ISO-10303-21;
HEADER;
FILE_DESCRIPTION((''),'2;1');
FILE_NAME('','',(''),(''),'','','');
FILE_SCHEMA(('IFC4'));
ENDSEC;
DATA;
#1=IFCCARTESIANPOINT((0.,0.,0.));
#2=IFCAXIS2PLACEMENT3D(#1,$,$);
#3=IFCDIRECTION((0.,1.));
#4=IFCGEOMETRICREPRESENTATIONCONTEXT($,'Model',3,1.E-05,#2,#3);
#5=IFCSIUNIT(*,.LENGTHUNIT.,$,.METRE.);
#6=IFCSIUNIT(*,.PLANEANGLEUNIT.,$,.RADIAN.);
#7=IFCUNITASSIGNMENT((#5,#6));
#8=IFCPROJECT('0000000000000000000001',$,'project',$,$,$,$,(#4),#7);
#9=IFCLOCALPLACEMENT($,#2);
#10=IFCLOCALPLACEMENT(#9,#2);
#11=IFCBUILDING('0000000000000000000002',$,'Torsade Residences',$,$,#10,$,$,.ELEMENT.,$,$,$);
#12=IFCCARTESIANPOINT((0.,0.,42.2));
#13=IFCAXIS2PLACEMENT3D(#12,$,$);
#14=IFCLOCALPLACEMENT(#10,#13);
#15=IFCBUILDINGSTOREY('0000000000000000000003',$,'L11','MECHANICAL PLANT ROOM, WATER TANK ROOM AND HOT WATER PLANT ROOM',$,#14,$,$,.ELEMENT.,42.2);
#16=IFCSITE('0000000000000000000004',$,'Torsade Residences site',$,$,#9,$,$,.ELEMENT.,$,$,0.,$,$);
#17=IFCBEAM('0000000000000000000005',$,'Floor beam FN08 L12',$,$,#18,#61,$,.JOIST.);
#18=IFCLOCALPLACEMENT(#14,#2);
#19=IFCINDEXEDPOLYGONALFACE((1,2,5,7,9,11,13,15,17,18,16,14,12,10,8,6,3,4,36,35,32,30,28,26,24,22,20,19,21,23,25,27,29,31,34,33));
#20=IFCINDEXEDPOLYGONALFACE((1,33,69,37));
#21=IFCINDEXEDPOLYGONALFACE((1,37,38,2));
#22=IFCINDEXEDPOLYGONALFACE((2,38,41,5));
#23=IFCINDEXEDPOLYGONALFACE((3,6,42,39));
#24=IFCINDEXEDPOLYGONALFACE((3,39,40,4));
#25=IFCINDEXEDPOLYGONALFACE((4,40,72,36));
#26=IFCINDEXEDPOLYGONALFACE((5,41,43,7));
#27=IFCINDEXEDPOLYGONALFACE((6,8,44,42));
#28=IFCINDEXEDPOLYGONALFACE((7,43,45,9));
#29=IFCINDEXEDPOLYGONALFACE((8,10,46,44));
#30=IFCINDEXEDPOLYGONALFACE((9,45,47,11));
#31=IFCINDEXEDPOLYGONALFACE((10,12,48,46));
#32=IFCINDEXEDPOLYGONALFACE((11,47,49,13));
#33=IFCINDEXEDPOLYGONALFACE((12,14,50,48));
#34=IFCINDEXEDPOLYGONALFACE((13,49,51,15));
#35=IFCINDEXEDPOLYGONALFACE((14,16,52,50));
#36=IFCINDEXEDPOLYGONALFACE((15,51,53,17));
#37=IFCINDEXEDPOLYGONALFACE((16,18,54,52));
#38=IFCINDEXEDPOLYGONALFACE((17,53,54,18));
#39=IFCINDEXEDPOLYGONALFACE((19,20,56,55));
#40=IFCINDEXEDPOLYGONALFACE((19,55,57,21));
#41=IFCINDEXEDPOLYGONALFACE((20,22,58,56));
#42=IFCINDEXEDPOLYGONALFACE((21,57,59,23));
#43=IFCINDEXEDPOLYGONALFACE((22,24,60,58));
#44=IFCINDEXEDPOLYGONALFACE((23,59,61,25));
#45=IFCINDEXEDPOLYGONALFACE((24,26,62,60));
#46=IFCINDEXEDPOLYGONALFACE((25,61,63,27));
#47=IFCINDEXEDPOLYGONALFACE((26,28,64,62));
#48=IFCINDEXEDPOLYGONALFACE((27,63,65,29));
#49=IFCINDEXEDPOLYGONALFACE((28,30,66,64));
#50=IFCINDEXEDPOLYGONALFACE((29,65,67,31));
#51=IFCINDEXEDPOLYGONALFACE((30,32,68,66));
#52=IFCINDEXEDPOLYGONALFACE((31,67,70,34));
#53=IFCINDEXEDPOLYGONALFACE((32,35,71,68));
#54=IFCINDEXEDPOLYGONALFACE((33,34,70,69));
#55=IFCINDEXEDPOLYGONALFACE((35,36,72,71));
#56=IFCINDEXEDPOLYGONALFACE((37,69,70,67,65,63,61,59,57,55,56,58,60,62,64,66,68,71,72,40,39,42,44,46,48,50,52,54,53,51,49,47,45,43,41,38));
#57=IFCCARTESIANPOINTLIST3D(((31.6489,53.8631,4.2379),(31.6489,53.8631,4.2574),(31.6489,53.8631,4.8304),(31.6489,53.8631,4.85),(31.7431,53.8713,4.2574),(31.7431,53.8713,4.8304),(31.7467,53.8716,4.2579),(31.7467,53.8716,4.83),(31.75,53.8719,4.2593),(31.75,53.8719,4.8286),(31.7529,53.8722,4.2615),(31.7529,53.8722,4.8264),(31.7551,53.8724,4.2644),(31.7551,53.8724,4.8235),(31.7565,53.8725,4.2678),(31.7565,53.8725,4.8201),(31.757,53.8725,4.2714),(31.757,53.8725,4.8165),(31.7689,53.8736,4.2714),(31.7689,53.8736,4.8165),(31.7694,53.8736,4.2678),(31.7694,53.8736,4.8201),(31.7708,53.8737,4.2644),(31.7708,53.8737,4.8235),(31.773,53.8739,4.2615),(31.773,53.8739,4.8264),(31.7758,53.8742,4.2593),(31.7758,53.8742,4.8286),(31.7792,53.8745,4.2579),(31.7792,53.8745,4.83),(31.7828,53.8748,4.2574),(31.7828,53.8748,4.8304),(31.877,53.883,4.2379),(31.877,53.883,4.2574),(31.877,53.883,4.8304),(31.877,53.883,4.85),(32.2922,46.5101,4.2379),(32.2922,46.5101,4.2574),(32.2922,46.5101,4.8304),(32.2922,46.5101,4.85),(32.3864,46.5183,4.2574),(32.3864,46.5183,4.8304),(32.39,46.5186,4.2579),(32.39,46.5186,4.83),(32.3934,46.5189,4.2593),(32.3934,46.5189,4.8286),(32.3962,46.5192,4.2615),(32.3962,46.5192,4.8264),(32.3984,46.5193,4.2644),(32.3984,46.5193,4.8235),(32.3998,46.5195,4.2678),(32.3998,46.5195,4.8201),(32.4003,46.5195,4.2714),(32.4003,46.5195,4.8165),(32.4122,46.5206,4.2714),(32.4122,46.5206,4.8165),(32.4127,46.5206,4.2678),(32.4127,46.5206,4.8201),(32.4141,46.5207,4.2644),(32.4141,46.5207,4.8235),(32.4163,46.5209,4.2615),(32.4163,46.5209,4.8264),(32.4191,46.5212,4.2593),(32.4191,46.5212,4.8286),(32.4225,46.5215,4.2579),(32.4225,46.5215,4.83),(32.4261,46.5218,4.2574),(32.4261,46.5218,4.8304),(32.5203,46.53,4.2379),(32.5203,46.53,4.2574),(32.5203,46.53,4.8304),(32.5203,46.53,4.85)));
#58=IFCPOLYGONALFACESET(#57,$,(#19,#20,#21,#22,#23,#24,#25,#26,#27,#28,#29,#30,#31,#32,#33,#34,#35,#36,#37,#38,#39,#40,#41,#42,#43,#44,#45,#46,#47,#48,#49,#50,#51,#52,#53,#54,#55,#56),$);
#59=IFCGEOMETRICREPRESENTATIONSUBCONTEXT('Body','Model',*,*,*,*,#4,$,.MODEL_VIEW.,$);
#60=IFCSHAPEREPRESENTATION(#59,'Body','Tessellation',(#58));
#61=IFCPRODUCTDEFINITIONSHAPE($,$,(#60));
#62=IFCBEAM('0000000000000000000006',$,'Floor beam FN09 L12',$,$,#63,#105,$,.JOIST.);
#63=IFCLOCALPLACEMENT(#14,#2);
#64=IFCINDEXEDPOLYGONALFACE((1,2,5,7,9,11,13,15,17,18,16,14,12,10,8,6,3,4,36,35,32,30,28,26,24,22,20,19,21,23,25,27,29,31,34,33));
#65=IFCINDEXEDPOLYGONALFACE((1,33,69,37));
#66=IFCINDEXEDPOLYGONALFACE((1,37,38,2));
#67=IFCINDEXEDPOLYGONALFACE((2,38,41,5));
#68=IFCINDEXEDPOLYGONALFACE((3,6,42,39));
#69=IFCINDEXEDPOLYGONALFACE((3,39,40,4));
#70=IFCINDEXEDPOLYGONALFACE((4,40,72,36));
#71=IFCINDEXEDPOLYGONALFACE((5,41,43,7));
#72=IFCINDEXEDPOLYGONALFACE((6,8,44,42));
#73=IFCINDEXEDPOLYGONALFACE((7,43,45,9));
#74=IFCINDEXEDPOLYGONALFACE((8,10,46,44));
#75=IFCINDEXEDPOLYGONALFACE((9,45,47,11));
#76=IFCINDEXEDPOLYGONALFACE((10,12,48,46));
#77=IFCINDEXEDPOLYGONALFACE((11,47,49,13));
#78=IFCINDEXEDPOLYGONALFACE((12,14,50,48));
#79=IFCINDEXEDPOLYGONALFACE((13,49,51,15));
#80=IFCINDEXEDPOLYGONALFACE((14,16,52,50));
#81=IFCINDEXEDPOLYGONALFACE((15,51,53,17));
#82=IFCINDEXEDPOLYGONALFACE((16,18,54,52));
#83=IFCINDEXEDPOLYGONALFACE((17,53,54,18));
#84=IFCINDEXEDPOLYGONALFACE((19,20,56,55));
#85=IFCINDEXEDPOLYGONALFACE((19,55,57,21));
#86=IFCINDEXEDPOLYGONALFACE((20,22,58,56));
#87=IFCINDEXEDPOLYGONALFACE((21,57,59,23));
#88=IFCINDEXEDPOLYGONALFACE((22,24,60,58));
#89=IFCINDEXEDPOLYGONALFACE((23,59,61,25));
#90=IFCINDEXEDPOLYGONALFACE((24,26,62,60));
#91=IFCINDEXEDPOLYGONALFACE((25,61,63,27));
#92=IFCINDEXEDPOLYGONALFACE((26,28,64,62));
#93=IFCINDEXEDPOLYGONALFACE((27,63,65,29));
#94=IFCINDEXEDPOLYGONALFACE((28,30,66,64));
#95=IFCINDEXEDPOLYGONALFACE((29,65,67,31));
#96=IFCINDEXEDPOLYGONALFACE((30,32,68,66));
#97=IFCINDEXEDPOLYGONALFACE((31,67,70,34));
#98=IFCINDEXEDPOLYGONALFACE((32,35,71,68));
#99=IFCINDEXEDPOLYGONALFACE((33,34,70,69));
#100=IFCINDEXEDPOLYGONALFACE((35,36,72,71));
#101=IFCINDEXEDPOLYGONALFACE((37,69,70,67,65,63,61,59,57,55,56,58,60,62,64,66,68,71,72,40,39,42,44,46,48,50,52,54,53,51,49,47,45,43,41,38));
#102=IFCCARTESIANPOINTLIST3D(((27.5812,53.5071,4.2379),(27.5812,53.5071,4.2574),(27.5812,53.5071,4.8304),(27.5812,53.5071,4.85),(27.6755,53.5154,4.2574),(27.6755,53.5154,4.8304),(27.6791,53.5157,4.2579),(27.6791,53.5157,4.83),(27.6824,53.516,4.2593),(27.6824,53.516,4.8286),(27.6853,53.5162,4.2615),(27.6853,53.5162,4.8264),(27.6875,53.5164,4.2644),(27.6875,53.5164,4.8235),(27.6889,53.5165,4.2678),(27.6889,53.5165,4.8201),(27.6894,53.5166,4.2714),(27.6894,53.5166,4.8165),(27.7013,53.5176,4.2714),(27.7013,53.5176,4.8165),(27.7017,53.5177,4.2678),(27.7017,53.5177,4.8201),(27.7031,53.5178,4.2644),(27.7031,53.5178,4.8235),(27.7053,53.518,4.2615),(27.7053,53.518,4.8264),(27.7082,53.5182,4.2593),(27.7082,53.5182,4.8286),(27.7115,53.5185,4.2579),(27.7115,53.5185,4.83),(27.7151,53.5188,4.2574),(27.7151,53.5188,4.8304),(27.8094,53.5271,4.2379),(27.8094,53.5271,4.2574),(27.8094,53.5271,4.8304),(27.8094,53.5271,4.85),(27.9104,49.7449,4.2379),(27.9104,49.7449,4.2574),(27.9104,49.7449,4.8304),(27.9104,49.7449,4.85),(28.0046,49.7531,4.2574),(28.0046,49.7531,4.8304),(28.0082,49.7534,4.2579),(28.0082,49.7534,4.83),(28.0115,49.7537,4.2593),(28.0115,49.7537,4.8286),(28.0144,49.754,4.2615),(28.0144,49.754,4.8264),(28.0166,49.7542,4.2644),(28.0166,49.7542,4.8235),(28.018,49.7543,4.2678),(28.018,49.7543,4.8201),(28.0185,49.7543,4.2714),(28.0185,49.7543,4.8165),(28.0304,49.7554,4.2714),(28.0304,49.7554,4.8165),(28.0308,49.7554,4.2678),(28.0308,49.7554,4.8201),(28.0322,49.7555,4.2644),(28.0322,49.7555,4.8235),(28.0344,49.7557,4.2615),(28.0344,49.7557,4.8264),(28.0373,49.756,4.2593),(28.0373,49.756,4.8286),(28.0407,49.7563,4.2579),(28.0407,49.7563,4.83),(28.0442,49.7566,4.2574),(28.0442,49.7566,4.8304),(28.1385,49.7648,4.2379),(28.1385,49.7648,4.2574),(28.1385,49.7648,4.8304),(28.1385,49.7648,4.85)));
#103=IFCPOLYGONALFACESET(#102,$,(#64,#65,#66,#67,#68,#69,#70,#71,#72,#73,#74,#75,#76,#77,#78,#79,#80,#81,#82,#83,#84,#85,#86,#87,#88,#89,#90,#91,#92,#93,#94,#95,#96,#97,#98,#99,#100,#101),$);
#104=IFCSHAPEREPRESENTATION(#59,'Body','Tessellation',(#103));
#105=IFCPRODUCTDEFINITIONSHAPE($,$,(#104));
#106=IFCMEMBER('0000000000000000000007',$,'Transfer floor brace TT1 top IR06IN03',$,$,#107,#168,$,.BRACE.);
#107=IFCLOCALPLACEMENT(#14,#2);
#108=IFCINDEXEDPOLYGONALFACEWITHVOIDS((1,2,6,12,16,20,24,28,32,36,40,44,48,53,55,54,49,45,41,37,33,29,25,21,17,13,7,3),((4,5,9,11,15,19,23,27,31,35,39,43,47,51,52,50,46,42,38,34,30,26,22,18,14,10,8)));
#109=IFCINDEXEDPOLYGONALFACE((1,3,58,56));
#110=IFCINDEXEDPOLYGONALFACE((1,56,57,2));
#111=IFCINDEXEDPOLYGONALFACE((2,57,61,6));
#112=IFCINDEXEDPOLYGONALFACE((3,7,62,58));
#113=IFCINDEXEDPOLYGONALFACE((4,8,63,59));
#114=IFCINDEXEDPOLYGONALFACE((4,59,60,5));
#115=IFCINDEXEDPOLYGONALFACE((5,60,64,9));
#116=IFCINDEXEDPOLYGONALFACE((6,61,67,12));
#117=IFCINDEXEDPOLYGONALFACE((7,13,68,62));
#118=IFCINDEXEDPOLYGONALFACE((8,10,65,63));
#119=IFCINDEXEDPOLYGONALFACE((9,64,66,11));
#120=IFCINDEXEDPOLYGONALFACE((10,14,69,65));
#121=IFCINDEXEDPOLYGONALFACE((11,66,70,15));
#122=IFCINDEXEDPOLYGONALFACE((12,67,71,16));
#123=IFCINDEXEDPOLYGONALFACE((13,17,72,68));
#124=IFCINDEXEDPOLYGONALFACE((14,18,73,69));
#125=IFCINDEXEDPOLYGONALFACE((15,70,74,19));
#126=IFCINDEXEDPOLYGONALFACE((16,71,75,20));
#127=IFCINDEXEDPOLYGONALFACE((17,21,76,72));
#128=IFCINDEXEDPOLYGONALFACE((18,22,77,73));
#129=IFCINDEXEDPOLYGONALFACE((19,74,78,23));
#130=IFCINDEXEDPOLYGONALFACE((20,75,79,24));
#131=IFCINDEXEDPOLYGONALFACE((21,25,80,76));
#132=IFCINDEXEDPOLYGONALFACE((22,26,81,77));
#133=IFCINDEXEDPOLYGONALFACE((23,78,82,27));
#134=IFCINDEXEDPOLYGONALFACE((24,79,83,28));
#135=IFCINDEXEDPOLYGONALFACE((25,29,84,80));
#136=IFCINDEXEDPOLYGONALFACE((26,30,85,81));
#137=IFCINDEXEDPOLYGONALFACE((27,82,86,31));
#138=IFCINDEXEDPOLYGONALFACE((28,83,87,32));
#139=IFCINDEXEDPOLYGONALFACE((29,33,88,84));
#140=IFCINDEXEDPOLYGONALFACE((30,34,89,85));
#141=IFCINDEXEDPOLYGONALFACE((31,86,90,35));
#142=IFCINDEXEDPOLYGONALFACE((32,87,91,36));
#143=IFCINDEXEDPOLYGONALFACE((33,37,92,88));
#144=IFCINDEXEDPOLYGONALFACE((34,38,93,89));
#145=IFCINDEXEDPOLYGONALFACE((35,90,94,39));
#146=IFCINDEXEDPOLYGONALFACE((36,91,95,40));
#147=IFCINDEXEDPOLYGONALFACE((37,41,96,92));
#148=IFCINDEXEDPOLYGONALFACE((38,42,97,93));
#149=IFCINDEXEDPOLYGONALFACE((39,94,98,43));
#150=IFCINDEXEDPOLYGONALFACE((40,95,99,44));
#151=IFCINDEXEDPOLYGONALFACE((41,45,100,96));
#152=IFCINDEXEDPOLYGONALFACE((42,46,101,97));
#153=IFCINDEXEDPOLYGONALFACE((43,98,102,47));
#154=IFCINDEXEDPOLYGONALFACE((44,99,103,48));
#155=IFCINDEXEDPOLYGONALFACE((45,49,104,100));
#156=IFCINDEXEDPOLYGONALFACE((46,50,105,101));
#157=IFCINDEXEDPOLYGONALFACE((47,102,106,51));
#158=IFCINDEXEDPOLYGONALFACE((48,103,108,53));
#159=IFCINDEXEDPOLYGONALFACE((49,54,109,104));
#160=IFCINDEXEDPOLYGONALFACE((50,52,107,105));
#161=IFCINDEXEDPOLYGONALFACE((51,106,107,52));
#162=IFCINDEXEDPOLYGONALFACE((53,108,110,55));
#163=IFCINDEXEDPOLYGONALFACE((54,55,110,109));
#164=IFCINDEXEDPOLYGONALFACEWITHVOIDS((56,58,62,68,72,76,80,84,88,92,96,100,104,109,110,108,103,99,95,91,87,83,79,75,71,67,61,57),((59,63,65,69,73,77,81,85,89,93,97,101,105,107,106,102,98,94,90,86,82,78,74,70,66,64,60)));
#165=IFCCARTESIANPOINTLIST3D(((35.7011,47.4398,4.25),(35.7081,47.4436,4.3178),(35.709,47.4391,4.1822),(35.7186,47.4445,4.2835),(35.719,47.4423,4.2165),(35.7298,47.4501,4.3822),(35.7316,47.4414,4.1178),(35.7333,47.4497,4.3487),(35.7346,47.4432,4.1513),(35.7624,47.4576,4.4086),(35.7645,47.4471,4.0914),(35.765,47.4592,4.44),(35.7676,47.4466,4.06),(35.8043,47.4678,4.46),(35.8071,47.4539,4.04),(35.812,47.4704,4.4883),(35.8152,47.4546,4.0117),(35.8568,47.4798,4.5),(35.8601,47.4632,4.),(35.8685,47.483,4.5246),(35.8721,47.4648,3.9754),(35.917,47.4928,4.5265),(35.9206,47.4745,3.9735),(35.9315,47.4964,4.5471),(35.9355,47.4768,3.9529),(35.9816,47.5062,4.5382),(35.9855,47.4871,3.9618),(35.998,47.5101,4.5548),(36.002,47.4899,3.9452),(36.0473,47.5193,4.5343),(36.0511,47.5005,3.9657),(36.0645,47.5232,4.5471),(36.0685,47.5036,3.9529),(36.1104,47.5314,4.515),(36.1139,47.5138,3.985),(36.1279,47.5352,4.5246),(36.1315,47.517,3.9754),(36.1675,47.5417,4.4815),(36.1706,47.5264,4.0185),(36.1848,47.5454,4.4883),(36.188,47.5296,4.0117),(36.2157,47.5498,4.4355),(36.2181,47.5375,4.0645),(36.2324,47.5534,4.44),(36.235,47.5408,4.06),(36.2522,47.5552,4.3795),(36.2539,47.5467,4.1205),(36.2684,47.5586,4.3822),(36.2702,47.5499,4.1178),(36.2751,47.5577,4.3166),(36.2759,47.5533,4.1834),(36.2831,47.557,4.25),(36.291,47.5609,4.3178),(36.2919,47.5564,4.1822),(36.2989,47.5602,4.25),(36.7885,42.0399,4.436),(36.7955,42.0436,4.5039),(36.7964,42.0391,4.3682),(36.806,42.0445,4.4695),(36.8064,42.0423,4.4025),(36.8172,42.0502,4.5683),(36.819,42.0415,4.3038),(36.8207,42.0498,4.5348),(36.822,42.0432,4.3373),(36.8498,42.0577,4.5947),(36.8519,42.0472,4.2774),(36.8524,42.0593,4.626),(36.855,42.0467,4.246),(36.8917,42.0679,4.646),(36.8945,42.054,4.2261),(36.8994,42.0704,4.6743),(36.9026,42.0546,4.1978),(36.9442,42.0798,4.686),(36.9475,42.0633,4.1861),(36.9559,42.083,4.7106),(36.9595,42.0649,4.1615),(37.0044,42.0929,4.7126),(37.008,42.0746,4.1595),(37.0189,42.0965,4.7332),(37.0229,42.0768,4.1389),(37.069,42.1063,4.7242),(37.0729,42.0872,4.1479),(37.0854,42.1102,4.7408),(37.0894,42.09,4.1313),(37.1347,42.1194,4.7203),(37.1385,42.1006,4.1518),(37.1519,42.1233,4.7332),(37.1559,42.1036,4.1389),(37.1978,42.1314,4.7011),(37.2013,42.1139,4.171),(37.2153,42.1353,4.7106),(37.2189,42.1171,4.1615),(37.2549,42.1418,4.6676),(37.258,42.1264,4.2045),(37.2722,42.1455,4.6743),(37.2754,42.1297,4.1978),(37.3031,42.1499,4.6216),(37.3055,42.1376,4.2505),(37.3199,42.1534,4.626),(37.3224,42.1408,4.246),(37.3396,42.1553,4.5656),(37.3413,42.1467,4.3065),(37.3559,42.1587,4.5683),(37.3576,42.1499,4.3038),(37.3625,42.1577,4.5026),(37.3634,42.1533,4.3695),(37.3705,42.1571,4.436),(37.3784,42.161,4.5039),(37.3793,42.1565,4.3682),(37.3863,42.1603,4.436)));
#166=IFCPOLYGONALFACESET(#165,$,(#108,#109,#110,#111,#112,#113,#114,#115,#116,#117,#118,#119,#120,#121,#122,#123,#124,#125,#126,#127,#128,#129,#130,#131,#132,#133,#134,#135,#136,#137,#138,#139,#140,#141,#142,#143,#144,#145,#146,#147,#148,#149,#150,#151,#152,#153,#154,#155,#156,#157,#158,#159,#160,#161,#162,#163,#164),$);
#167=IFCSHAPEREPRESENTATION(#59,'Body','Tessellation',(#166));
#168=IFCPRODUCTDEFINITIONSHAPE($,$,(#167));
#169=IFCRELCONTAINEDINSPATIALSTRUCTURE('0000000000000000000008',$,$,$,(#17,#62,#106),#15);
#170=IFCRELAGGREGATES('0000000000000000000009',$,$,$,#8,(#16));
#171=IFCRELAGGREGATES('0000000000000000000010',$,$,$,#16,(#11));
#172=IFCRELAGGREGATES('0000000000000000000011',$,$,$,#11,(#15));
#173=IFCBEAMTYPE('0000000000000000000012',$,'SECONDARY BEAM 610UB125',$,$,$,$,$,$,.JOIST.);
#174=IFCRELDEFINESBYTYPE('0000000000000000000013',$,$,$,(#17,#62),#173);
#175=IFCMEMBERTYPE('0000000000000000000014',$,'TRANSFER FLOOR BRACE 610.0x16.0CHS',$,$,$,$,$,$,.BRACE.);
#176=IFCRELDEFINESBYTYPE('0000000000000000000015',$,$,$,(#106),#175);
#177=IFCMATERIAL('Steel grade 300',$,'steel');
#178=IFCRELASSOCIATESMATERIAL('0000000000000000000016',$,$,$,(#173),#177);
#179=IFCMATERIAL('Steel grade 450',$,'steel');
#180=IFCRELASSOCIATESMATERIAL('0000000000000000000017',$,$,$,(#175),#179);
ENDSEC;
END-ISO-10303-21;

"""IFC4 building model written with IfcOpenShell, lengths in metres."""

from ifc_helpers import new_model, si_unit, direction, frame, origin, origin_2d, place, context, subcontext, project, spatial, hollow_circle, i_section, extrude, material, material_profile, profile_set, type_object, element, save


model = new_model("IFC4")

# Units and contexts
model_context = context("Model", 3, precision=1e-05, world=origin(), true_north=direction((0.0, 1.0)))
body_context = subcontext(model_context, "Body", "Model", "MODEL_VIEW")
ifc_project = project(units=[si_unit("LENGTHUNIT", "METRE"), si_unit("PLANEANGLEUNIT", "RADIAN")], contexts=[model_context])

# Site, building, storey
site_placement = place(None, origin())
site = spatial("IfcSite", under=ifc_project, at=site_placement, Name="Torsade Residences site", CompositionType="ELEMENT", RefElevation=0.0)
building_placement = place(site_placement, origin())
building = spatial("IfcBuilding", under=site, at=building_placement, Name="Torsade Residences", CompositionType="ELEMENT")
storey_placement = place(building_placement, frame((0.0, 0.0, 42.2)))
storey = spatial("IfcBuildingStorey", under=building, at=storey_placement, Name="L11", Description="MECHANICAL PLANT ROOM, WATER TANK ROOM AND HOT WATER PLANT ROOM", CompositionType="ELEMENT", Elevation=42.2)

# Beams
ifc_material_1 = material(Name="Steel grade 300", Category="steel")
ifc_material_profile_1 = material_profile(ifc_material_1, i_section(OverallWidth=0.229, OverallDepth=0.6121, WebThickness=0.012, FlangeThickness=0.0195, FilletRadius=0.0139, at=origin_2d()), Name="610UB125")
ifc_profile_set_1 = profile_set([ifc_material_profile_1], Name="Steel grade 300")
beam_type_1 = type_object("IfcBeamType", Name="SECONDARY BEAM 610UB125", PredefinedType="JOIST", material=ifc_profile_set_1)
beam_1_placement = place(storey_placement, frame((31.7629, 53.873, 4.5439), z_axis=(0.087156, -0.996195, 0.0), x_axis=(0.996195, 0.087156, 0.0)))
element("IfcBeam", 1, at=beam_1_placement, inside=storey, type_object=beam_type_1, Name="Floor beam FN08 L12", PredefinedType="JOIST", context=body_context, shape_type="SweptSolid", body=[
    extrude(i_section(OverallWidth=0.229, OverallDepth=0.6121, WebThickness=0.012, FlangeThickness=0.0195, FilletRadius=0.0139, at=origin_2d()), origin(), (0.0, 0.0, 1.0), 7.3811),
])
beam_2_placement = place(storey_placement, frame((27.6953, 53.5171, 4.5439), z_axis=(0.087143, -0.996196, 0.0), x_axis=(0.996196, 0.087143, 0.0)))
element("IfcBeam", 2, at=beam_2_placement, inside=storey, type_object=beam_type_1, Name="Floor beam FN09 L12", PredefinedType="JOIST", context=body_context, shape_type="SweptSolid", body=[
    extrude(i_section(OverallWidth=0.229, OverallDepth=0.6121, WebThickness=0.012, FlangeThickness=0.0195, FilletRadius=0.0139, at=origin_2d()), origin(), (0.0, 0.0, 1.0), 3.7766),
])

# Member
ifc_material_2 = material(Name="Steel grade 450", Category="steel")
ifc_material_profile_2 = material_profile(ifc_material_2, hollow_circle(Radius=0.3049, WallThickness=0.0161, at=origin_2d()), Name="610.0x16.0CHS")
ifc_profile_set_2 = profile_set([ifc_material_profile_2], Name="Steel grade 450")
member_type_1 = type_object("IfcMemberType", Name="TRANSFER FLOOR BRACE 610.0x16.0CHS", PredefinedType="BRACE", material=ifc_profile_set_2)
member_1_placement = place(storey_placement, frame((36.0, 47.5, 4.25), z_axis=(0.197299, -0.979762, 0.033754), x_axis=(0.980321, 0.197412, 0.0)))
element("IfcMember", 3, at=member_1_placement, inside=storey, type_object=member_type_1, Name="Transfer floor brace TT1 top IR06IN03", PredefinedType="BRACE", context=body_context, shape_type="SweptSolid", body=[
    extrude(hollow_circle(Radius=0.3049, WallThickness=0.0161, at=origin_2d()), origin(), (0.0, 0.0, 1.0), 5.5115),
])

save(model, "model.ifc")
